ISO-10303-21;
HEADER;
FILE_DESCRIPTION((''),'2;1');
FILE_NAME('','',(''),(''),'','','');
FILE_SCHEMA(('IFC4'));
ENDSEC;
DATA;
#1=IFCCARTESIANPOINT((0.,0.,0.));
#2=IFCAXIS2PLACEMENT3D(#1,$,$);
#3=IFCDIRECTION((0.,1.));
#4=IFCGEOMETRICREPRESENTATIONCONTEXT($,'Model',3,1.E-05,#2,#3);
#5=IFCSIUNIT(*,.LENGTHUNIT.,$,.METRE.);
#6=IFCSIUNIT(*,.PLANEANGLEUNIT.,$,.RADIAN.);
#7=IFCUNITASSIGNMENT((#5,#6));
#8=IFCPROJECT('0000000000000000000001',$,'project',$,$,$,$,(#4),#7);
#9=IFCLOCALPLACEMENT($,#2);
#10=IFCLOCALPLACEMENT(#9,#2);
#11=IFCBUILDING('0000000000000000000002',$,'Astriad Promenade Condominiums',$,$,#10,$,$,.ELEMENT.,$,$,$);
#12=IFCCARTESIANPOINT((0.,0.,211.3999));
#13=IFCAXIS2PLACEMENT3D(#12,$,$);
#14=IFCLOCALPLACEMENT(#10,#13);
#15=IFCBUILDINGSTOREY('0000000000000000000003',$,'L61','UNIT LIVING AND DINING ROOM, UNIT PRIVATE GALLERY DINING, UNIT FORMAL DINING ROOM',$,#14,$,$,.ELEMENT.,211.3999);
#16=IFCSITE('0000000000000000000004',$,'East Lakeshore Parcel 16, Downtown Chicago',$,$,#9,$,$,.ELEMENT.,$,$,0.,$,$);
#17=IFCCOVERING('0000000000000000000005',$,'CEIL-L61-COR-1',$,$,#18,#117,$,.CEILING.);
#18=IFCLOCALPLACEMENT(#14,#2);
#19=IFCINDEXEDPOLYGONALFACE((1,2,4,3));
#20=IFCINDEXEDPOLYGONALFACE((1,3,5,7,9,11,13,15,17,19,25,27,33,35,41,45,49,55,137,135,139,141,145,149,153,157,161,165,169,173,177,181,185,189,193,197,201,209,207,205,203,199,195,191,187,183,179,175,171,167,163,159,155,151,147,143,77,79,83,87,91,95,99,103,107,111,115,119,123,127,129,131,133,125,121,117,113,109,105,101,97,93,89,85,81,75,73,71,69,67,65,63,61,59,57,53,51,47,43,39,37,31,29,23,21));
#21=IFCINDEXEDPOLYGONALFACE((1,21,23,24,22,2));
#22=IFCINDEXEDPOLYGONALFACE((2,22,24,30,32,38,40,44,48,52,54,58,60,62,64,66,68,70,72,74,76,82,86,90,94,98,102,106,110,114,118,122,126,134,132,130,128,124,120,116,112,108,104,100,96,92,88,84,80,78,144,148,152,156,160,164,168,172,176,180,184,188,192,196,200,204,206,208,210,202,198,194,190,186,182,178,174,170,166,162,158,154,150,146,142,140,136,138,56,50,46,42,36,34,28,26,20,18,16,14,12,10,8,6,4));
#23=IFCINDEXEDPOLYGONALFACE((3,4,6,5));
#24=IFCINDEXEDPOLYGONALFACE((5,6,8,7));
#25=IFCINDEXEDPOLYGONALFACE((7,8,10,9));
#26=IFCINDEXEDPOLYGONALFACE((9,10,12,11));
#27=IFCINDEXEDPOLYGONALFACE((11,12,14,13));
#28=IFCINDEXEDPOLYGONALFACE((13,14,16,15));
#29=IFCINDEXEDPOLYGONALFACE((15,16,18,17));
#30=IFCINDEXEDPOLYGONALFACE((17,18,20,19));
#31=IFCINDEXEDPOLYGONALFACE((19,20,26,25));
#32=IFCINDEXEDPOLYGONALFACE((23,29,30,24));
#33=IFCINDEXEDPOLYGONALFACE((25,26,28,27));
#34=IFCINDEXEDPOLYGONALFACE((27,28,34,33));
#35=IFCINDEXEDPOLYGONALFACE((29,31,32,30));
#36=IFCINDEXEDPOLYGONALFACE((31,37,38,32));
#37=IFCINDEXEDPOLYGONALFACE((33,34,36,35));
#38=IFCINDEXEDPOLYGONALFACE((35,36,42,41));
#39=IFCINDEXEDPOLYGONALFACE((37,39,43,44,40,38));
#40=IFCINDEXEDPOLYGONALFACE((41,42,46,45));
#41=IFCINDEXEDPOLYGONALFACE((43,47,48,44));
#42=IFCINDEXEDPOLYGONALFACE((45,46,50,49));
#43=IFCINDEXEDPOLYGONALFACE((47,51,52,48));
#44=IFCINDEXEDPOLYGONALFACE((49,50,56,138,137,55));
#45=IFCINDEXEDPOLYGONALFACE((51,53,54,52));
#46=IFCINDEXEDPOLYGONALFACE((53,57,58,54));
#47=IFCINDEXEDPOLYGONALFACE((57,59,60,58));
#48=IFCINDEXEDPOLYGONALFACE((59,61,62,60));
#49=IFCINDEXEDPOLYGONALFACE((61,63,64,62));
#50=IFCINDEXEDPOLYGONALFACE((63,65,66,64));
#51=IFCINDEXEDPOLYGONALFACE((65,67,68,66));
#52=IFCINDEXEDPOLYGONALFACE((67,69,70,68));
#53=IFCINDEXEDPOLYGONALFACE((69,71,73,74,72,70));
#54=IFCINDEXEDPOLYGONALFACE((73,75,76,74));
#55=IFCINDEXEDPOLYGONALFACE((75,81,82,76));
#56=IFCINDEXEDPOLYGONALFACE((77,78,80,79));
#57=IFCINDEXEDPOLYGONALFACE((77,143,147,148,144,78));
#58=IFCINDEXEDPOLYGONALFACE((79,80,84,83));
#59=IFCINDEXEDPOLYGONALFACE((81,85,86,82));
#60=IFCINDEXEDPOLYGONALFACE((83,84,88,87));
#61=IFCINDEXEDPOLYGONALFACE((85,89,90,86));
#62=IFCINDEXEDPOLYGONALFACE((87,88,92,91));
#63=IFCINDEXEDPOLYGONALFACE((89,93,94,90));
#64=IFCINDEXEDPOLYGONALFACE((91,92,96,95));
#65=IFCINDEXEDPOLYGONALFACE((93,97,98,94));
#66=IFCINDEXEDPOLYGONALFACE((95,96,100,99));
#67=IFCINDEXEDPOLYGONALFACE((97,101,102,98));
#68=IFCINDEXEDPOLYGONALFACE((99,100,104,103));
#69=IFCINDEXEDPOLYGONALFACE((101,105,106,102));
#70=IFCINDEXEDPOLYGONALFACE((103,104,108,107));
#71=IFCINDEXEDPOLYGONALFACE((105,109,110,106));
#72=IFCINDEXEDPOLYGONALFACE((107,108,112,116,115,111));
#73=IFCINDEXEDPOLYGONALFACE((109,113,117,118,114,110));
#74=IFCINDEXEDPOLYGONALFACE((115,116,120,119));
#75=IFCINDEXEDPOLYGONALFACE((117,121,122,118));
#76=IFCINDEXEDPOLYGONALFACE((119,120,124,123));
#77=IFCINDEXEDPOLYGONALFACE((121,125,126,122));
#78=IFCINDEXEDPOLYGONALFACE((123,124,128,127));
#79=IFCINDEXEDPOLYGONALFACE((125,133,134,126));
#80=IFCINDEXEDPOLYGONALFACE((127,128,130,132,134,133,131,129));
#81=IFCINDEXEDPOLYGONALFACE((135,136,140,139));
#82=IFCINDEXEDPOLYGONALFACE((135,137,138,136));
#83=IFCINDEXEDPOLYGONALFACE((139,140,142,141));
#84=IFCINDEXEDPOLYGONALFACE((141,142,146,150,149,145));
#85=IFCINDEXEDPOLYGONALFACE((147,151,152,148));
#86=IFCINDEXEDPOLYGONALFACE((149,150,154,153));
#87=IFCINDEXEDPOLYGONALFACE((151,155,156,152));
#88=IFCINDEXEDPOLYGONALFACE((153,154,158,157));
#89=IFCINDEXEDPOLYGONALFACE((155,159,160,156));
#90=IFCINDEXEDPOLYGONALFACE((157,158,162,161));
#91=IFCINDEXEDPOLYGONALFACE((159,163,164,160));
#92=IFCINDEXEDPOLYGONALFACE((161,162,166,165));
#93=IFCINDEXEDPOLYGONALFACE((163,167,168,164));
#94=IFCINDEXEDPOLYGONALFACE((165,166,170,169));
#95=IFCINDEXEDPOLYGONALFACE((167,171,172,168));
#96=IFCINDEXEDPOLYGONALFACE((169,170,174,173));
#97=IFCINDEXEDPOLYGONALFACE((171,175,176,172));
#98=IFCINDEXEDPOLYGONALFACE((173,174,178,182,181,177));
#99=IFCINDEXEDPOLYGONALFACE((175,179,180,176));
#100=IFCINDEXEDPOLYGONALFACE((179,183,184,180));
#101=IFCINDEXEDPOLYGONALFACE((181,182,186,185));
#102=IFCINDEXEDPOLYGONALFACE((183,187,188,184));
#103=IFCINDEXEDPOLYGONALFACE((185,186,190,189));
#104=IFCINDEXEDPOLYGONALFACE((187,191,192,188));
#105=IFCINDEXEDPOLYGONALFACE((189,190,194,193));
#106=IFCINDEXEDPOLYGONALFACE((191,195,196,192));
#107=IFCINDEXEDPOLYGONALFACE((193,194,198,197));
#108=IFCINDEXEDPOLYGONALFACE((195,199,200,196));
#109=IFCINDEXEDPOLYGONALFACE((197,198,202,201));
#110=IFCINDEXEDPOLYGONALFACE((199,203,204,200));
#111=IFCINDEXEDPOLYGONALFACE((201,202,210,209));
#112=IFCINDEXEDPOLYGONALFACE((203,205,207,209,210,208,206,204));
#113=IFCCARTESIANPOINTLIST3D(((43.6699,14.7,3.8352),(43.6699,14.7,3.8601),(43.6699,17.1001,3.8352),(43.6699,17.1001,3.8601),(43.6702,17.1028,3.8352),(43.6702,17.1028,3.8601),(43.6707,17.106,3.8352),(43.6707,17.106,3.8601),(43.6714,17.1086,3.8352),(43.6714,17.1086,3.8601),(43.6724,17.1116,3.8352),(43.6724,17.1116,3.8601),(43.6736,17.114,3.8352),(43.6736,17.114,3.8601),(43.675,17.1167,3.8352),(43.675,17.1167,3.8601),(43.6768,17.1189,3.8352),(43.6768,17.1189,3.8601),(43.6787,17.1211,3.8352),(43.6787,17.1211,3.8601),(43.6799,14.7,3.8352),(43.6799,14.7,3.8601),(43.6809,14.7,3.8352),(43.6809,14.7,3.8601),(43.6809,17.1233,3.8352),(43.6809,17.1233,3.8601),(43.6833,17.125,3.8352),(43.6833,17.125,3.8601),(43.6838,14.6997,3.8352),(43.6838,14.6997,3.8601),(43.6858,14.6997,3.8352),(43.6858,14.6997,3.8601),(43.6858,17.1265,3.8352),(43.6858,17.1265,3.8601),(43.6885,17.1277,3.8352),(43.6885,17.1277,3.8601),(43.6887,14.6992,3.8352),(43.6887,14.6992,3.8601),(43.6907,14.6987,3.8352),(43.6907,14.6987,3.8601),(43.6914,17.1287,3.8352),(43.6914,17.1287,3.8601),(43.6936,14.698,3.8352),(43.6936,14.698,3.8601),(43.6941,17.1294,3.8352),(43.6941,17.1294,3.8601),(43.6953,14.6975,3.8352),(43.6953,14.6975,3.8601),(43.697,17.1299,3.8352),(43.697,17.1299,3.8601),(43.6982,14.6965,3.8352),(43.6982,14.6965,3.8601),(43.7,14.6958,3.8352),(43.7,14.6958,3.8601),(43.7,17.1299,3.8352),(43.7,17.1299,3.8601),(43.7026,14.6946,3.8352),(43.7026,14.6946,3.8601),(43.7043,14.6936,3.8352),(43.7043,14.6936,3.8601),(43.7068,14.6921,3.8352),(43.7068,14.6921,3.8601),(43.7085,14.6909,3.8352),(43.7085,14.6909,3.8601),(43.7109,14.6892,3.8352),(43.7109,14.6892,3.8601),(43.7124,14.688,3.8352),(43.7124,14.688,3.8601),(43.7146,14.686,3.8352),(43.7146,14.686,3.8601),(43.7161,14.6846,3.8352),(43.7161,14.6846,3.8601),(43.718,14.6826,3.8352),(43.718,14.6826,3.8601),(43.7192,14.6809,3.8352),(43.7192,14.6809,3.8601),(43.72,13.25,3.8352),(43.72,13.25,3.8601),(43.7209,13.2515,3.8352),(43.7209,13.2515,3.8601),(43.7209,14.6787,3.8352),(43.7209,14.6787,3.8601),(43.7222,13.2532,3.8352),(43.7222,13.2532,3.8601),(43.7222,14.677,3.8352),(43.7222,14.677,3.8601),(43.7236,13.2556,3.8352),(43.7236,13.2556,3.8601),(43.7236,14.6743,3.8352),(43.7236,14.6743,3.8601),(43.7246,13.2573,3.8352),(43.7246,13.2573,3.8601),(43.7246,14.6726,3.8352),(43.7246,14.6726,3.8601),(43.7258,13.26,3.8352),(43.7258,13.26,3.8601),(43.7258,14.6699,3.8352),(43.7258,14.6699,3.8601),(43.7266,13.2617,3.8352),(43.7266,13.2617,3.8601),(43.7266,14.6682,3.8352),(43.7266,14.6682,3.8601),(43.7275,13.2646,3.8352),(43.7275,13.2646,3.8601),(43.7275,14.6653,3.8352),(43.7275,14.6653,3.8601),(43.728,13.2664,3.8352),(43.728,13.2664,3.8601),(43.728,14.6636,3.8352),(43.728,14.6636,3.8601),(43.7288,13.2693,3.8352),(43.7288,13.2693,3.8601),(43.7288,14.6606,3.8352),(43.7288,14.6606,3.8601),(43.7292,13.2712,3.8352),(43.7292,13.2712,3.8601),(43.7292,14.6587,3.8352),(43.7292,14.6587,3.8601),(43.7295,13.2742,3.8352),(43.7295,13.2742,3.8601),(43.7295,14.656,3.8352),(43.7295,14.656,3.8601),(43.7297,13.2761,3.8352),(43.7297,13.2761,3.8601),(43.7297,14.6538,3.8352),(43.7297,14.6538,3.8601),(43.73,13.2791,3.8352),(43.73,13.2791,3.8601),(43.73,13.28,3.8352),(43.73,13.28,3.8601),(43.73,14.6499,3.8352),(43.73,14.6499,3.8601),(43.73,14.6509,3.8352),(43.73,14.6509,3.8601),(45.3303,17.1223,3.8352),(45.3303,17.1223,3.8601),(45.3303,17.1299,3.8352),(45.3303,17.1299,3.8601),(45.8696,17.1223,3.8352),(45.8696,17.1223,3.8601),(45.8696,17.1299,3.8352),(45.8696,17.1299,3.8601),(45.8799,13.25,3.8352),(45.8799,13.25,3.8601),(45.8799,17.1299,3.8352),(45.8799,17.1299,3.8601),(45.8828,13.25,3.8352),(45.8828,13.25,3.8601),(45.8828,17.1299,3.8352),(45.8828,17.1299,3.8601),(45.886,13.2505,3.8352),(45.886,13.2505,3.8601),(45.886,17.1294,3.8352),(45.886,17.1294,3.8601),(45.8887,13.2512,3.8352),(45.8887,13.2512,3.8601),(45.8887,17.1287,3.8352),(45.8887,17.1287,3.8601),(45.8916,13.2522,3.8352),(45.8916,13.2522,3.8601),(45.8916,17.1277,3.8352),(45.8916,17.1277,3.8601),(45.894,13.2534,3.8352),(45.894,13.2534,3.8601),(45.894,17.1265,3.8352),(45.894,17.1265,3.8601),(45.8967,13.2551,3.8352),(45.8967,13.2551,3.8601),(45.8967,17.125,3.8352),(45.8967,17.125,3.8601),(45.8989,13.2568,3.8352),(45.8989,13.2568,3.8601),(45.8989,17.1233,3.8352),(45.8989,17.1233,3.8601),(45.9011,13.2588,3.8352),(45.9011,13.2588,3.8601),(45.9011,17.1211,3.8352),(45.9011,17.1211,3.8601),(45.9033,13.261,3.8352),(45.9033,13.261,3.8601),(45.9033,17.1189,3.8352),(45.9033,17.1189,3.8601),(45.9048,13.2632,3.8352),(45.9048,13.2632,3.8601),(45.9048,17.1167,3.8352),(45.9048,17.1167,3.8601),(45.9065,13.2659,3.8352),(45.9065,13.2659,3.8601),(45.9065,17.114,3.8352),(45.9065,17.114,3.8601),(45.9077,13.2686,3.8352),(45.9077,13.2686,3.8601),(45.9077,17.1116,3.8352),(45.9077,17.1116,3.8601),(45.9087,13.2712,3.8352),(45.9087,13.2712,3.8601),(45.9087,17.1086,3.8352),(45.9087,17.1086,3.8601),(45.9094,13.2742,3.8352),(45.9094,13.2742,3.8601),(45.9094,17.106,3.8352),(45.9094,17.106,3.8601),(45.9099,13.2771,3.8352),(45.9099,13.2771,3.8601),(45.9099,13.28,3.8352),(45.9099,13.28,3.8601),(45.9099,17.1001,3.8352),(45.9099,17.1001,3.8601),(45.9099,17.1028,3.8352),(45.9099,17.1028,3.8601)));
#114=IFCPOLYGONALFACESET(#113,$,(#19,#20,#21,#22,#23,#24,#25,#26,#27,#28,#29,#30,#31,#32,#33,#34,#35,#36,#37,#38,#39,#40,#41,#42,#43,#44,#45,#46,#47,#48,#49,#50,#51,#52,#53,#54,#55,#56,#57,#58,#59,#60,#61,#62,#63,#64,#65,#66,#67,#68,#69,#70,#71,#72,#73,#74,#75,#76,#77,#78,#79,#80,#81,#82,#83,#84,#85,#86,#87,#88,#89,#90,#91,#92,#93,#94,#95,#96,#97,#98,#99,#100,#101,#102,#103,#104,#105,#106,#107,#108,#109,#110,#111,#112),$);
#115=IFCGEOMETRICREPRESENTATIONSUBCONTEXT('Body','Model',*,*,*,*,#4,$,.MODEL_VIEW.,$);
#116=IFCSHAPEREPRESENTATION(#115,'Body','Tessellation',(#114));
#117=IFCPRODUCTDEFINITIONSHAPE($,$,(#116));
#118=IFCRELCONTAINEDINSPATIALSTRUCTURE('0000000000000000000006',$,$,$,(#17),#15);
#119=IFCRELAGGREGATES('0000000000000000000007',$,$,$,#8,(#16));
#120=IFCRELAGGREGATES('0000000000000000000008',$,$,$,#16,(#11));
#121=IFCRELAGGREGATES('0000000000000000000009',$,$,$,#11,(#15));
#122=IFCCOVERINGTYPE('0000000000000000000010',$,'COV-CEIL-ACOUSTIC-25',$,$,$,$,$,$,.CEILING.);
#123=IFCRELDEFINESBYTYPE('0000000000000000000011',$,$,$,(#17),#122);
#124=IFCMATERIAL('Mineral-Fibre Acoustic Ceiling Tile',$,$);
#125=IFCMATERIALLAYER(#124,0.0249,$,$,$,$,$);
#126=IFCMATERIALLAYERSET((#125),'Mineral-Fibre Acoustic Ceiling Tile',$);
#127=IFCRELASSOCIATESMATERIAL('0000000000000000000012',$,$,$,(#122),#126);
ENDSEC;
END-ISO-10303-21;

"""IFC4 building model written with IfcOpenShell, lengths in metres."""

from ifc_helpers import new_model, si_unit, direction, frame, origin, place, context, subcontext, project, spatial, polyline, outline, extrude, material, layer, layer_set, type_object, element, save


model = new_model("IFC4")

# Units and contexts
model_context = context("Model", 3, precision=1e-05, world=origin(), true_north=direction((0.0, 1.0)))
body_context = subcontext(model_context, "Body", "Model", "MODEL_VIEW")
ifc_project = project(units=[si_unit("LENGTHUNIT", "METRE"), si_unit("PLANEANGLEUNIT", "RADIAN")], contexts=[model_context])

# Site, building, storey
site_placement = place(None, origin())
site = spatial("IfcSite", under=ifc_project, at=site_placement, Name="East Lakeshore Parcel 16, Downtown Chicago", CompositionType="ELEMENT", RefElevation=0.0)
building_placement = place(site_placement, origin())
building = spatial("IfcBuilding", under=site, at=building_placement, Name="Astriad Promenade Condominiums", CompositionType="ELEMENT")
storey_placement = place(building_placement, frame((0.0, 0.0, 211.3999)))
storey = spatial("IfcBuildingStorey", under=building, at=storey_placement, Name="L61", Description="UNIT LIVING AND DINING ROOM, UNIT PRIVATE GALLERY DINING, UNIT FORMAL DINING ROOM", CompositionType="ELEMENT", Elevation=211.3999)

# Covering
ifc_material_1 = material(Name="Mineral-Fibre Acoustic Ceiling Tile")
ifc_layer_1 = layer(ifc_material_1, 0.0249)
ifc_layer_set_1 = layer_set([ifc_layer_1], Name="Mineral-Fibre Acoustic Ceiling Tile")
covering_type_1 = type_object("IfcCoveringType", Name="COV-CEIL-ACOUSTIC-25", PredefinedType="CEILING", material=ifc_layer_set_1)
covering_1_placement = place(storey_placement, frame((0.0, 0.0, 3.8352)))
element("IfcCovering", 1, at=covering_1_placement, inside=storey, type_object=covering_type_1, Name="CEIL-L61-COR-1", PredefinedType="CEILING", context=body_context, shape_type="SweptSolid", body=[
    extrude(outline(polyline([(43.6699, 17.1001), (43.6702, 17.1028), (43.6707, 17.106), (43.6714, 17.1086), (43.6724, 17.1116), (43.6736, 17.114), (43.675, 17.1167), (43.6768, 17.1189), (43.6787, 17.1211), (43.6809, 17.1233), (43.6833, 17.125), (43.6858, 17.1265), (43.6885, 17.1277), (43.6914, 17.1287), (43.6941, 17.1294), (43.697, 17.1299), (43.7, 17.1299), (45.3303, 17.1299), (45.3303, 17.1223), (45.8696, 17.1223), (45.8696, 17.1299), (45.8799, 17.1299), (45.8828, 17.1299), (45.886, 17.1294), (45.8887, 17.1287), (45.8916, 17.1277), (45.894, 17.1265), (45.8967, 17.125), (45.8989, 17.1233), (45.9011, 17.1211), (45.9033, 17.1189), (45.9048, 17.1167), (45.9065, 17.114), (45.9077, 17.1116), (45.9087, 17.1086), (45.9094, 17.106), (45.9099, 17.1028), (45.9099, 17.1001), (45.9099, 13.28), (45.9099, 13.2771), (45.9094, 13.2742), (45.9087, 13.2712), (45.9077, 13.2686), (45.9065, 13.2659), (45.9048, 13.2632), (45.9033, 13.261), (45.9011, 13.2588), (45.8989, 13.2568), (45.8967, 13.2551), (45.894, 13.2534), (45.8916, 13.2522), (45.8887, 13.2512), (45.886, 13.2505), (45.8828, 13.25), (45.8799, 13.25), (43.72, 13.25), (43.7209, 13.2515), (43.7222, 13.2532), (43.7236, 13.2556), (43.7246, 13.2573), (43.7258, 13.26), (43.7266, 13.2617), (43.7275, 13.2646), (43.728, 13.2664), (43.7288, 13.2693), (43.7292, 13.2712), (43.7295, 13.2742), (43.7297, 13.2761), (43.73, 13.2791), (43.73, 13.28), (43.73, 14.6499), (43.73, 14.6509), (43.7297, 14.6538), (43.7295, 14.656), (43.7292, 14.6587), (43.7288, 14.6606), (43.728, 14.6636), (43.7275, 14.6653), (43.7266, 14.6682), (43.7258, 14.6699), (43.7246, 14.6726), (43.7236, 14.6743), (43.7222, 14.677), (43.7209, 14.6787), (43.7192, 14.6809), (43.718, 14.6826), (43.7161, 14.6846), (43.7146, 14.686), (43.7124, 14.688), (43.7109, 14.6892), (43.7085, 14.6909), (43.7068, 14.6921), (43.7043, 14.6936), (43.7026, 14.6946), (43.7, 14.6958), (43.6982, 14.6965), (43.6953, 14.6975), (43.6936, 14.698), (43.6907, 14.6987), (43.6887, 14.6992), (43.6858, 14.6997), (43.6838, 14.6997), (43.6809, 14.7), (43.6799, 14.7), (43.6699, 14.7), (43.6699, 17.1001)])), origin(), (0.0, 0.0, 1.0), 0.0249),
])

save(model, "model.ifc")
